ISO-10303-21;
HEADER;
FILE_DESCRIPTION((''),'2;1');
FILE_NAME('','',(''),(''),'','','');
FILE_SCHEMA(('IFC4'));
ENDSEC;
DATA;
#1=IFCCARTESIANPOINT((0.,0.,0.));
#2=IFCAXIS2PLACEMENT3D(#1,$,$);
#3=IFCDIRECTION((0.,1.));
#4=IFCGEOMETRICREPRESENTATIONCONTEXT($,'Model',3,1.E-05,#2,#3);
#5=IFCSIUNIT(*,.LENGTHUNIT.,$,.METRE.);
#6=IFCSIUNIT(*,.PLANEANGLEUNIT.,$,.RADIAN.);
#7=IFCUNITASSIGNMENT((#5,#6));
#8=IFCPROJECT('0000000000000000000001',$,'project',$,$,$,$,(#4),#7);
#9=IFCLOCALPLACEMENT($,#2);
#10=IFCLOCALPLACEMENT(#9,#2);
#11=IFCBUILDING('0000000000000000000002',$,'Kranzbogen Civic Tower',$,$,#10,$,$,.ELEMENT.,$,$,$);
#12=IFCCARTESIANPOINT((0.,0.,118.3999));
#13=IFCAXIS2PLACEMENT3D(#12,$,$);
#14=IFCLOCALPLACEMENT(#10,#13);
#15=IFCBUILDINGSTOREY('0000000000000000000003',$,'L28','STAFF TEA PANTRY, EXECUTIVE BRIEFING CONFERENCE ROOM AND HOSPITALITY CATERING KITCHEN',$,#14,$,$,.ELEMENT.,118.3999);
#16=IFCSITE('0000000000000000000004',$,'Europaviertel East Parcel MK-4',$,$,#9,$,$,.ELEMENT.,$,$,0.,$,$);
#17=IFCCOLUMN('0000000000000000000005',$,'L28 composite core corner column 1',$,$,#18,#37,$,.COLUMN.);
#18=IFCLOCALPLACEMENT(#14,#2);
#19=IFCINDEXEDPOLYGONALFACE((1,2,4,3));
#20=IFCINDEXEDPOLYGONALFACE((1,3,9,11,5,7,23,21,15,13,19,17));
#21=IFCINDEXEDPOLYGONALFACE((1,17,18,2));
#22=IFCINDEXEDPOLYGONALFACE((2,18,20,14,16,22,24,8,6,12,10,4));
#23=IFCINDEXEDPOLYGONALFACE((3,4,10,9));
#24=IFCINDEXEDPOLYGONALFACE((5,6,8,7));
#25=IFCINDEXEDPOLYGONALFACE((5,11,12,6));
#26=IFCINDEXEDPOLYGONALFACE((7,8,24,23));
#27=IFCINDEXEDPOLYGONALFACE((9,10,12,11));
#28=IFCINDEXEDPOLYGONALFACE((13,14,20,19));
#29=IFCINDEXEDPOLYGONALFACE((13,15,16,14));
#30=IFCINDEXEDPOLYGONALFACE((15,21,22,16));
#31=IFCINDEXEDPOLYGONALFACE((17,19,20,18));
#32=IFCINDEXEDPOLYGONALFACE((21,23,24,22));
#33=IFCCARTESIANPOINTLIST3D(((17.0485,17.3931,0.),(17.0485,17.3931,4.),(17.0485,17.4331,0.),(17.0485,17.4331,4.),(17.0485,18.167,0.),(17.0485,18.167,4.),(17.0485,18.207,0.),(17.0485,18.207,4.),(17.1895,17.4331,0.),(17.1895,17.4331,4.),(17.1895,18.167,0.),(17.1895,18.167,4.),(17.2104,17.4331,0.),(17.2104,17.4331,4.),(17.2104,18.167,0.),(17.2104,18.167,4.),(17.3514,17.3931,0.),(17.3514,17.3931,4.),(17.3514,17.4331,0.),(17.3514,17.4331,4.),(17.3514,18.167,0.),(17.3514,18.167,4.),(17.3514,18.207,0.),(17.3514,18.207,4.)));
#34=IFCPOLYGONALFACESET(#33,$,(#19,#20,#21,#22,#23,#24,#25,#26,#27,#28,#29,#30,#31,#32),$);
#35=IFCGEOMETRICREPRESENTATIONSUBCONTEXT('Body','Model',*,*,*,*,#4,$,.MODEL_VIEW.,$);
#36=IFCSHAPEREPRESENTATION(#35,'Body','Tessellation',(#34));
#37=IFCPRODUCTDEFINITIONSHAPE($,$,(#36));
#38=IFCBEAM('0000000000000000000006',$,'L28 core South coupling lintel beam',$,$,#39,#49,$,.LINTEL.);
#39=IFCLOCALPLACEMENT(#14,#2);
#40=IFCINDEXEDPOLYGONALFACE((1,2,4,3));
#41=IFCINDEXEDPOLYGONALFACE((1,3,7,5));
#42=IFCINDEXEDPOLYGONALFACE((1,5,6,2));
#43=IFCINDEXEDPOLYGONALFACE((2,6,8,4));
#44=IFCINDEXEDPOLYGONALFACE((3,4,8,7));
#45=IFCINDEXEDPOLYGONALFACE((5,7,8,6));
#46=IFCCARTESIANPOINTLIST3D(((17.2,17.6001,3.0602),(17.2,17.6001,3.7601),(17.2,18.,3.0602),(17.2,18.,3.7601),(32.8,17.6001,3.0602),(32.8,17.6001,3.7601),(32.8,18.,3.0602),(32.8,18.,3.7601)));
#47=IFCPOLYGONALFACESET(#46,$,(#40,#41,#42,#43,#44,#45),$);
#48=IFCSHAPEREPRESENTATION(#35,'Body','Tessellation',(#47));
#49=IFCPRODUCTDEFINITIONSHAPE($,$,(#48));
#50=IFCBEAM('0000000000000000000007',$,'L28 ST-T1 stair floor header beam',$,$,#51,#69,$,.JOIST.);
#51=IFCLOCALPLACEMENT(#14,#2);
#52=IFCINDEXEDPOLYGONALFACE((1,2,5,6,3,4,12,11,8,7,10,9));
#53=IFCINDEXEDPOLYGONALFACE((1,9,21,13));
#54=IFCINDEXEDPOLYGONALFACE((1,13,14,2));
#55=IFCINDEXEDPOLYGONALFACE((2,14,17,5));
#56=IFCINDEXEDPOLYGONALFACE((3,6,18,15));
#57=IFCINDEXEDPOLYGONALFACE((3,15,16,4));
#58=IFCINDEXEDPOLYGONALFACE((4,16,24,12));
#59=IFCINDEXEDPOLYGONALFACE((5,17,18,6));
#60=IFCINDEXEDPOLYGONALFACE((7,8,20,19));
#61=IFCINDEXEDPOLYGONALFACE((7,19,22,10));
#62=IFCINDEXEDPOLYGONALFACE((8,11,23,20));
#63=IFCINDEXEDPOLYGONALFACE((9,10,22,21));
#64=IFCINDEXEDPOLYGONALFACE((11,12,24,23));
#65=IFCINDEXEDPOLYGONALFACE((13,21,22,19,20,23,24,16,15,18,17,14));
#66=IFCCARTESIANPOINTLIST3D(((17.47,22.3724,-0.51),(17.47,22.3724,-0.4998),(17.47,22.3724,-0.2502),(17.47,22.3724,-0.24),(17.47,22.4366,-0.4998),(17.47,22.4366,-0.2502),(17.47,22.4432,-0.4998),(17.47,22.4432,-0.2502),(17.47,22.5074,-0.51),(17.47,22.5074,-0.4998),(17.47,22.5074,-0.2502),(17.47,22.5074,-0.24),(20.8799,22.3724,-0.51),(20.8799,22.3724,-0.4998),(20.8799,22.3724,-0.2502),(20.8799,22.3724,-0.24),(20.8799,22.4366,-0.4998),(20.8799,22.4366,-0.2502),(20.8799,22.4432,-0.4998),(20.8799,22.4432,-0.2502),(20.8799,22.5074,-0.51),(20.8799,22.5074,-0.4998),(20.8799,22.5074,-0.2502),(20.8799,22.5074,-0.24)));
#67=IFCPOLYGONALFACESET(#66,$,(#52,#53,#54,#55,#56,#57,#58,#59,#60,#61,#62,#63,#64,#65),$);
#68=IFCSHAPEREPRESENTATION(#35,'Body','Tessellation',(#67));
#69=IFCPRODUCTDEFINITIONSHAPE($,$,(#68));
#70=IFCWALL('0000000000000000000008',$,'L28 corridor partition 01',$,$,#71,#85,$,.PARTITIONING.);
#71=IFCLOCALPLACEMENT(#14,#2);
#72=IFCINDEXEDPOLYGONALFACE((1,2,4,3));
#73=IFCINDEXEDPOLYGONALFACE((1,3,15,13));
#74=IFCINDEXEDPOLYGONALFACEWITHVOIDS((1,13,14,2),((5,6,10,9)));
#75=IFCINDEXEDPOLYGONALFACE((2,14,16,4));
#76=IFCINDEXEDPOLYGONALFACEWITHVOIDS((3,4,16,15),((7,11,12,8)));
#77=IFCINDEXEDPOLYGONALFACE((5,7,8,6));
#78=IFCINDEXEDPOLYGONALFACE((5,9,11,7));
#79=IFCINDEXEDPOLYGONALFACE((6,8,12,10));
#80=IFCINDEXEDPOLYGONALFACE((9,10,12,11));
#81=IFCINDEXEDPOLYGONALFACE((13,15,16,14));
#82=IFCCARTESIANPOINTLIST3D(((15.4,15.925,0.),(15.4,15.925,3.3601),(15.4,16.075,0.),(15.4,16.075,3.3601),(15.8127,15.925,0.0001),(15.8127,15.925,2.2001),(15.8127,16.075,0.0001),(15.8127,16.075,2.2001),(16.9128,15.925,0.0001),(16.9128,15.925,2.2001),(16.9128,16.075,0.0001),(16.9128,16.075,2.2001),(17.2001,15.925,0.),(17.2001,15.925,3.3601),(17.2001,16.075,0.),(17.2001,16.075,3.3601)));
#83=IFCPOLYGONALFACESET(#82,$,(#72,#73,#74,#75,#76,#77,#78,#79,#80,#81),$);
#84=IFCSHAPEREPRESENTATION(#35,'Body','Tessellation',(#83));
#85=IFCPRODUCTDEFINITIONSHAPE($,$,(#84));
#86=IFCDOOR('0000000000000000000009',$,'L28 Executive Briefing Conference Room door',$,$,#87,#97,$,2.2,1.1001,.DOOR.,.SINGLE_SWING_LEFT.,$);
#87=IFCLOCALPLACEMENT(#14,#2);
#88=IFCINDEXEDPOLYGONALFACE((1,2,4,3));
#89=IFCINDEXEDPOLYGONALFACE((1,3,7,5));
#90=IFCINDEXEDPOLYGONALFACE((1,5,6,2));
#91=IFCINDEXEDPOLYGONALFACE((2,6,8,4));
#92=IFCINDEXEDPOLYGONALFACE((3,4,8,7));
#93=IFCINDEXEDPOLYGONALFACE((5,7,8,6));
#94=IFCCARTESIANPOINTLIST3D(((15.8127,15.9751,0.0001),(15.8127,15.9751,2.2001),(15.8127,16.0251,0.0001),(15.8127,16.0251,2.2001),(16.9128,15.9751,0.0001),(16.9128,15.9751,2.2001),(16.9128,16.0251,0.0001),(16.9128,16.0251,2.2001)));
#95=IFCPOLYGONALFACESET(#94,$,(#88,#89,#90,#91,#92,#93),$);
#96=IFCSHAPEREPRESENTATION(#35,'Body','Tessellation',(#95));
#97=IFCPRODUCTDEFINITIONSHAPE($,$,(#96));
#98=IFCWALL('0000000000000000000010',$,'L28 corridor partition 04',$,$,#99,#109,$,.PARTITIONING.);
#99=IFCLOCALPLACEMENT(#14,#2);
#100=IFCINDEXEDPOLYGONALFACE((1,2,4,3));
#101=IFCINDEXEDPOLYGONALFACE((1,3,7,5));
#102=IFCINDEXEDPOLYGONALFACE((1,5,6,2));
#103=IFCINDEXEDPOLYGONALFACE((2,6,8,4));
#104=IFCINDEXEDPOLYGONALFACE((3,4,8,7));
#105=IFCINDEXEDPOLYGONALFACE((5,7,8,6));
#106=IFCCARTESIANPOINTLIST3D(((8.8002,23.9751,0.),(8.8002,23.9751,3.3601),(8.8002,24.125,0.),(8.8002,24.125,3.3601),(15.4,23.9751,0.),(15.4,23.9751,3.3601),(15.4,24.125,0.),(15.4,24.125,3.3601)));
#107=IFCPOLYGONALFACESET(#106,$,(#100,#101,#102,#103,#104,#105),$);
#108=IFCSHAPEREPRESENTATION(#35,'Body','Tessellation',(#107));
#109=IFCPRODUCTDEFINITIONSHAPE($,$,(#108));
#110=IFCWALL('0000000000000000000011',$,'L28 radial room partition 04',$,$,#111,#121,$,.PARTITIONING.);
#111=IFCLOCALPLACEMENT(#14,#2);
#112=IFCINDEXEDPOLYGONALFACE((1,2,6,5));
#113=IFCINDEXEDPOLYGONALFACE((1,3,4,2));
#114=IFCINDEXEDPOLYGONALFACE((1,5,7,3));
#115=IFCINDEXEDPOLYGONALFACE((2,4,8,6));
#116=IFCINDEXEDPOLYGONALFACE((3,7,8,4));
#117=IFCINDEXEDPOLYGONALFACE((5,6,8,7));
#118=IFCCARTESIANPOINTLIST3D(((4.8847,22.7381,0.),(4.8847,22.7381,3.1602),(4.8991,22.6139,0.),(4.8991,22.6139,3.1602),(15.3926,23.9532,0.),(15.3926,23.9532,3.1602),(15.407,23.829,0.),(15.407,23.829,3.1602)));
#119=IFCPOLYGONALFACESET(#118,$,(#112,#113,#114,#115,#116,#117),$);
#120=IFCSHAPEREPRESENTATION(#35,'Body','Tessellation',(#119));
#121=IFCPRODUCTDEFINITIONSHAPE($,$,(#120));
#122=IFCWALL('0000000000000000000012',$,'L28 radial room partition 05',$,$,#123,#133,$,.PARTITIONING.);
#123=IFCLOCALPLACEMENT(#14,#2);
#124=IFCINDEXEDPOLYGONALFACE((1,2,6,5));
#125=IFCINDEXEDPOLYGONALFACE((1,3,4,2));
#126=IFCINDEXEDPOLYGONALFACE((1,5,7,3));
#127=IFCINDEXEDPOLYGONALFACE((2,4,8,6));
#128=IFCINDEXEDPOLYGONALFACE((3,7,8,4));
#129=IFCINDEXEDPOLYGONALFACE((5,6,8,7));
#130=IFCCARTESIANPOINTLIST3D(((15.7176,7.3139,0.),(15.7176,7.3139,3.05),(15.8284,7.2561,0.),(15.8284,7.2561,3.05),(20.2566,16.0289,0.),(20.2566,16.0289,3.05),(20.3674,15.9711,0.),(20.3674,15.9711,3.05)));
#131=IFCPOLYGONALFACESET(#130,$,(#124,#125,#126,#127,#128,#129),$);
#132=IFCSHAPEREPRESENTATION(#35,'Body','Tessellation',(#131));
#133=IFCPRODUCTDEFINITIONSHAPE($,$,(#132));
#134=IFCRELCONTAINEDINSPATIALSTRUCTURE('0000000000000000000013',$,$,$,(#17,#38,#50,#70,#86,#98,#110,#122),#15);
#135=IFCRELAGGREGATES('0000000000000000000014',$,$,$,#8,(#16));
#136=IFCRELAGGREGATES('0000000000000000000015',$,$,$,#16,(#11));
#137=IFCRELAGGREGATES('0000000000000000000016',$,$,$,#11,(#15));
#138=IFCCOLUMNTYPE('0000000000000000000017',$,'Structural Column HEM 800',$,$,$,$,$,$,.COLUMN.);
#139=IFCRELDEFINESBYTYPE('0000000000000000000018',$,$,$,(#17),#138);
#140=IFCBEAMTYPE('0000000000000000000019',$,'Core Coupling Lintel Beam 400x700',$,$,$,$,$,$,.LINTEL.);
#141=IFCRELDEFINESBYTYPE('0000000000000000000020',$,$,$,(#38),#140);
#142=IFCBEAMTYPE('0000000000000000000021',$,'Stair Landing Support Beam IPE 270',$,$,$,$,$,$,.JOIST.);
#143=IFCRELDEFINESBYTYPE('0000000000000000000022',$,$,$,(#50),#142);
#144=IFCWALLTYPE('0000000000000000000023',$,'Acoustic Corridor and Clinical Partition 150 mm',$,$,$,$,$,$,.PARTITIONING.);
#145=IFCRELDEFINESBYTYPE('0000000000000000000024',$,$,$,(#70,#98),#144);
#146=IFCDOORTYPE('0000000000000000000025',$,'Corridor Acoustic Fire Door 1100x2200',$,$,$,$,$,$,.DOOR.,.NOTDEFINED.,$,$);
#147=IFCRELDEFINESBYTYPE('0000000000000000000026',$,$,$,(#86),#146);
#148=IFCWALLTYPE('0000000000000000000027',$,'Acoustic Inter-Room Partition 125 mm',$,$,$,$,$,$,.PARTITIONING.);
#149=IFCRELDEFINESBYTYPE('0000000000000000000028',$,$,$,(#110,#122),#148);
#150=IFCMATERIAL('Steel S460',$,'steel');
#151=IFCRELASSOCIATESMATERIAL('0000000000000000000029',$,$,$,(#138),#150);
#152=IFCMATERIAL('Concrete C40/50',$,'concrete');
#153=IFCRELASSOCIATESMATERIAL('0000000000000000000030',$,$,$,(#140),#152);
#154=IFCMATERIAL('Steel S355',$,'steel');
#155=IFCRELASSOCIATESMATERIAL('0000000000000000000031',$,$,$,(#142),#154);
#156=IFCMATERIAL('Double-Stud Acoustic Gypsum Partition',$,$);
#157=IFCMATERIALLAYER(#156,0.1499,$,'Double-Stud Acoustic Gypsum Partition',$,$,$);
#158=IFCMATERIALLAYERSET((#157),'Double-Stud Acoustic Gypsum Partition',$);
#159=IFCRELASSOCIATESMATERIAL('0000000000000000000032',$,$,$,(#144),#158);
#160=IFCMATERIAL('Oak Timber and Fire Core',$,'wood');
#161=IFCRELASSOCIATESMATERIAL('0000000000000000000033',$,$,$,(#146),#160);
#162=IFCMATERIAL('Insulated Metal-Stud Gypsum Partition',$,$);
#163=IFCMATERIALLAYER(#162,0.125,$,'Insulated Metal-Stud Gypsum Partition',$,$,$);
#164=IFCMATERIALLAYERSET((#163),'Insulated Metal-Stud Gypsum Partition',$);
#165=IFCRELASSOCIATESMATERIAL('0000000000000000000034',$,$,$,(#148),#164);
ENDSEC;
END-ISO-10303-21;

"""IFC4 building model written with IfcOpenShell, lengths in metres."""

from ifc_helpers import new_model, si_unit, direction, frame, frame_2d, origin, origin_2d, place, context, subcontext, project, spatial, rectangle, i_section, extrude, material, layer, layer_set, material_profile, profile_set, type_object, element, fill, save


model = new_model("IFC4")

# Units and contexts
model_context = context("Model", 3, precision=1e-05, world=origin(), true_north=direction((0.0, 1.0)))
body_context = subcontext(model_context, "Body", "Model", "MODEL_VIEW")
ifc_project = project(units=[si_unit("LENGTHUNIT", "METRE"), si_unit("PLANEANGLEUNIT", "RADIAN")], contexts=[model_context])

# Site, building, storey
site_placement = place(None, origin())
site = spatial("IfcSite", under=ifc_project, at=site_placement, Name="Europaviertel East Parcel MK-4", CompositionType="ELEMENT", RefElevation=0.0)
building_placement = place(site_placement, origin())
building = spatial("IfcBuilding", under=site, at=building_placement, Name="Kranzbogen Civic Tower", CompositionType="ELEMENT")
storey_placement = place(building_placement, frame((0.0, 0.0, 118.3999)))
storey = spatial("IfcBuildingStorey", under=building, at=storey_placement, Name="L28", Description="STAFF TEA PANTRY, EXECUTIVE BRIEFING CONFERENCE ROOM AND HOSPITALITY CATERING KITCHEN", CompositionType="ELEMENT", Elevation=118.3999)

# Column
ifc_material_1 = material(Name="Steel S460", Category="steel")
ifc_material_profile_1 = material_profile(ifc_material_1, i_section(OverallWidth=0.303, OverallDepth=0.814, WebThickness=0.021, FlangeThickness=0.04, at=origin_2d()), Name="HEM 800")
ifc_profile_set_1 = profile_set([ifc_material_profile_1], Name="Steel S460")
column_type = type_object("IfcColumnType", Name="Structural Column HEM 800", PredefinedType="COLUMN", material=ifc_profile_set_1)
column_placement = place(storey_placement, frame((17.2, 17.8, 0.0), z_axis=(0.0, 0.0, 1.0), x_axis=(1.0, 0.0, 0.0)))
element("IfcColumn", 1, at=column_placement, inside=storey, type_object=column_type, Name="L28 composite core corner column 1", PredefinedType="COLUMN", context=body_context, shape_type="SweptSolid", body=[
    extrude(i_section(OverallWidth=0.303, OverallDepth=0.814, WebThickness=0.021, FlangeThickness=0.04, at=origin_2d()), origin(), (0.0, 0.0, 1.0), 4.0),
])

# Beams
ifc_material_2 = material(Name="Concrete C40/50", Category="concrete")
ifc_material_profile_2 = material_profile(ifc_material_2, rectangle(XDim=0.3999, YDim=0.7, at=origin_2d()), Name="RC-BM 400x700")
ifc_profile_set_2 = profile_set([ifc_material_profile_2], Name="Concrete C40/50")
beam_type_1 = type_object("IfcBeamType", Name="Core Coupling Lintel Beam 400x700", PredefinedType="LINTEL", material=ifc_profile_set_2)
beam_1_placement = place(storey_placement, frame((17.2, 17.8, 3.4102), z_axis=(1.0, 0.0, 0.0), x_axis=(0.0, 1.0, 0.0)))
element("IfcBeam", 2, at=beam_1_placement, inside=storey, type_object=beam_type_1, Name="L28 core South coupling lintel beam", PredefinedType="LINTEL", context=body_context, shape_type="SweptSolid", body=[
    extrude(rectangle(XDim=0.3999, YDim=0.7, at=origin_2d()), origin(), (0.0, 0.0, 1.0), 15.6001),
])
ifc_material_3 = material(Name="Steel S355", Category="steel")
ifc_material_profile_3 = material_profile(ifc_material_3, i_section(OverallWidth=0.135, OverallDepth=0.27, WebThickness=0.0066, FlangeThickness=0.0103, at=origin_2d()), Name="IPE 270")
ifc_profile_set_3 = profile_set([ifc_material_profile_3], Name="Steel S355")
beam_type_2 = type_object("IfcBeamType", Name="Stair Landing Support Beam IPE 270", PredefinedType="JOIST", material=ifc_profile_set_3)
beam_2_placement = place(storey_placement, frame((20.8799, 22.4399, -0.375), z_axis=(-1.0, 0.0, 0.0), x_axis=(0.0, -1.0, 0.0)))
element("IfcBeam", 3, at=beam_2_placement, inside=storey, type_object=beam_type_2, Name="L28 ST-T1 stair floor header beam", PredefinedType="JOIST", context=body_context, shape_type="SweptSolid", body=[
    extrude(i_section(OverallWidth=0.135, OverallDepth=0.27, WebThickness=0.0066, FlangeThickness=0.0103, at=origin_2d()), origin(), (0.0, 0.0, 1.0), 3.4099),
])

# Wall, opening, door
ifc_material_4 = material(Name="Double-Stud Acoustic Gypsum Partition")
ifc_layer_1 = layer(ifc_material_4, 0.1499, Name="Double-Stud Acoustic Gypsum Partition")
ifc_layer_set_1 = layer_set([ifc_layer_1], Name="Double-Stud Acoustic Gypsum Partition")
wall_type_1 = type_object("IfcWallType", Name="Acoustic Corridor and Clinical Partition 150 mm", PredefinedType="PARTITIONING", material=ifc_layer_set_1)
wall_1_placement = place(storey_placement, frame((17.2, 16.0, 0.0), z_axis=(0.0, 0.0, 1.0), x_axis=(-1.0, 0.0, 0.0)))
wall_1 = element("IfcWall", 4, at=wall_1_placement, inside=storey, type_object=wall_type_1, Name="L28 corridor partition 01", PredefinedType="PARTITIONING", context=body_context, shape_type="SweptSolid", body=[
    extrude(rectangle(XDim=1.8, YDim=0.1499, at=frame_2d((0.8999, 0.0))), origin(), (0.0, 0.0, 1.0), 3.3601),
])
opening_1_placement = place(wall_1_placement, frame((0.2871, 0.0, 0.0)))
opening_1 = element("IfcOpeningElement", 5, at=opening_1_placement, cuts=wall_1, PredefinedType="OPENING", context=body_context, shape_type="SweptSolid", body=[
    extrude(rectangle(XDim=1.1001, YDim=2.2, at=frame_2d((0.55, 1.1001))), frame((0.0, 0.085, 0.0), z_axis=(0.0, -1.0, 0.0), x_axis=(1.0, 0.0, 0.0)), (0.0, 0.0, 1.0), 0.1699),
])
ifc_material_5 = material(Name="Oak Timber and Fire Core", Category="wood")
door_type_1 = type_object("IfcDoorType", Name="Corridor Acoustic Fire Door 1100x2200", OperationType="NOTDEFINED", PredefinedType="DOOR", material=ifc_material_5)
door_1_placement = place(opening_1_placement, origin())
door_1 = element("IfcDoor", 6, at=door_1_placement, inside=storey, type_object=door_type_1, Name="L28 Executive Briefing Conference Room door", OperationType="SINGLE_SWING_LEFT", OverallHeight=2.2, OverallWidth=1.1001, PredefinedType="DOOR", context=body_context, shape_type="SweptSolid", body=[
    extrude(rectangle(XDim=1.1001, YDim=2.2, at=frame_2d((0.55, 1.1001))), frame((0.0, 0.0249, 0.0), z_axis=(0.0, -1.0, 0.0), x_axis=(1.0, 0.0, 0.0)), (0.0, 0.0, 1.0), 0.05),
])
fill(opening_1, door_1)

# Walls
wall_2_placement = place(storey_placement, frame((15.3999, 24.05, 0.0), z_axis=(0.0, 0.0, 1.0), x_axis=(-1.0, 0.0, 0.0)))
element("IfcWall", 7, at=wall_2_placement, inside=storey, type_object=wall_type_1, Name="L28 corridor partition 04", PredefinedType="PARTITIONING", context=body_context, shape_type="SweptSolid", body=[
    extrude(rectangle(XDim=6.5999, YDim=0.1499, at=frame_2d((3.2998, 0.0))), origin(), (0.0, 0.0, 1.0), 3.3601),
])
ifc_material_6 = material(Name="Insulated Metal-Stud Gypsum Partition")
ifc_layer_2 = layer(ifc_material_6, 0.125, Name="Insulated Metal-Stud Gypsum Partition")
ifc_layer_set_2 = layer_set([ifc_layer_2], Name="Insulated Metal-Stud Gypsum Partition")
wall_type_2 = type_object("IfcWallType", Name="Acoustic Inter-Room Partition 125 mm", PredefinedType="PARTITIONING", material=ifc_layer_set_2)
wall_3_placement = place(storey_placement, frame((15.3999, 23.8911, 0.0), z_axis=(0.0, 0.0, 1.0), x_axis=(-0.99338, -0.114871, 0.0)))
element("IfcWall", 8, at=wall_3_placement, inside=storey, type_object=wall_type_2, Name="L28 radial room partition 04", PredefinedType="PARTITIONING", context=body_context, shape_type="SweptSolid", body=[
    extrude(rectangle(XDim=10.5779, YDim=0.125, at=frame_2d((5.2891, 0.0))), origin(), (0.0, 0.0, 1.0), 3.1602),
])
wall_4_placement = place(storey_placement, frame((20.312, 16.0, 0.0), z_axis=(0.0, 0.0, 1.0), x_axis=(-0.461931, -0.886916, 0.0)))
element("IfcWall", 9, at=wall_4_placement, inside=storey, type_object=wall_type_2, Name="L28 radial room partition 05", PredefinedType="PARTITIONING", context=body_context, shape_type="SweptSolid", body=[
    extrude(rectangle(XDim=9.8262, YDim=0.125, at=frame_2d((4.9131, 0.0))), origin(), (0.0, 0.0, 1.0), 3.05),
])

save(model, "model.ifc")
